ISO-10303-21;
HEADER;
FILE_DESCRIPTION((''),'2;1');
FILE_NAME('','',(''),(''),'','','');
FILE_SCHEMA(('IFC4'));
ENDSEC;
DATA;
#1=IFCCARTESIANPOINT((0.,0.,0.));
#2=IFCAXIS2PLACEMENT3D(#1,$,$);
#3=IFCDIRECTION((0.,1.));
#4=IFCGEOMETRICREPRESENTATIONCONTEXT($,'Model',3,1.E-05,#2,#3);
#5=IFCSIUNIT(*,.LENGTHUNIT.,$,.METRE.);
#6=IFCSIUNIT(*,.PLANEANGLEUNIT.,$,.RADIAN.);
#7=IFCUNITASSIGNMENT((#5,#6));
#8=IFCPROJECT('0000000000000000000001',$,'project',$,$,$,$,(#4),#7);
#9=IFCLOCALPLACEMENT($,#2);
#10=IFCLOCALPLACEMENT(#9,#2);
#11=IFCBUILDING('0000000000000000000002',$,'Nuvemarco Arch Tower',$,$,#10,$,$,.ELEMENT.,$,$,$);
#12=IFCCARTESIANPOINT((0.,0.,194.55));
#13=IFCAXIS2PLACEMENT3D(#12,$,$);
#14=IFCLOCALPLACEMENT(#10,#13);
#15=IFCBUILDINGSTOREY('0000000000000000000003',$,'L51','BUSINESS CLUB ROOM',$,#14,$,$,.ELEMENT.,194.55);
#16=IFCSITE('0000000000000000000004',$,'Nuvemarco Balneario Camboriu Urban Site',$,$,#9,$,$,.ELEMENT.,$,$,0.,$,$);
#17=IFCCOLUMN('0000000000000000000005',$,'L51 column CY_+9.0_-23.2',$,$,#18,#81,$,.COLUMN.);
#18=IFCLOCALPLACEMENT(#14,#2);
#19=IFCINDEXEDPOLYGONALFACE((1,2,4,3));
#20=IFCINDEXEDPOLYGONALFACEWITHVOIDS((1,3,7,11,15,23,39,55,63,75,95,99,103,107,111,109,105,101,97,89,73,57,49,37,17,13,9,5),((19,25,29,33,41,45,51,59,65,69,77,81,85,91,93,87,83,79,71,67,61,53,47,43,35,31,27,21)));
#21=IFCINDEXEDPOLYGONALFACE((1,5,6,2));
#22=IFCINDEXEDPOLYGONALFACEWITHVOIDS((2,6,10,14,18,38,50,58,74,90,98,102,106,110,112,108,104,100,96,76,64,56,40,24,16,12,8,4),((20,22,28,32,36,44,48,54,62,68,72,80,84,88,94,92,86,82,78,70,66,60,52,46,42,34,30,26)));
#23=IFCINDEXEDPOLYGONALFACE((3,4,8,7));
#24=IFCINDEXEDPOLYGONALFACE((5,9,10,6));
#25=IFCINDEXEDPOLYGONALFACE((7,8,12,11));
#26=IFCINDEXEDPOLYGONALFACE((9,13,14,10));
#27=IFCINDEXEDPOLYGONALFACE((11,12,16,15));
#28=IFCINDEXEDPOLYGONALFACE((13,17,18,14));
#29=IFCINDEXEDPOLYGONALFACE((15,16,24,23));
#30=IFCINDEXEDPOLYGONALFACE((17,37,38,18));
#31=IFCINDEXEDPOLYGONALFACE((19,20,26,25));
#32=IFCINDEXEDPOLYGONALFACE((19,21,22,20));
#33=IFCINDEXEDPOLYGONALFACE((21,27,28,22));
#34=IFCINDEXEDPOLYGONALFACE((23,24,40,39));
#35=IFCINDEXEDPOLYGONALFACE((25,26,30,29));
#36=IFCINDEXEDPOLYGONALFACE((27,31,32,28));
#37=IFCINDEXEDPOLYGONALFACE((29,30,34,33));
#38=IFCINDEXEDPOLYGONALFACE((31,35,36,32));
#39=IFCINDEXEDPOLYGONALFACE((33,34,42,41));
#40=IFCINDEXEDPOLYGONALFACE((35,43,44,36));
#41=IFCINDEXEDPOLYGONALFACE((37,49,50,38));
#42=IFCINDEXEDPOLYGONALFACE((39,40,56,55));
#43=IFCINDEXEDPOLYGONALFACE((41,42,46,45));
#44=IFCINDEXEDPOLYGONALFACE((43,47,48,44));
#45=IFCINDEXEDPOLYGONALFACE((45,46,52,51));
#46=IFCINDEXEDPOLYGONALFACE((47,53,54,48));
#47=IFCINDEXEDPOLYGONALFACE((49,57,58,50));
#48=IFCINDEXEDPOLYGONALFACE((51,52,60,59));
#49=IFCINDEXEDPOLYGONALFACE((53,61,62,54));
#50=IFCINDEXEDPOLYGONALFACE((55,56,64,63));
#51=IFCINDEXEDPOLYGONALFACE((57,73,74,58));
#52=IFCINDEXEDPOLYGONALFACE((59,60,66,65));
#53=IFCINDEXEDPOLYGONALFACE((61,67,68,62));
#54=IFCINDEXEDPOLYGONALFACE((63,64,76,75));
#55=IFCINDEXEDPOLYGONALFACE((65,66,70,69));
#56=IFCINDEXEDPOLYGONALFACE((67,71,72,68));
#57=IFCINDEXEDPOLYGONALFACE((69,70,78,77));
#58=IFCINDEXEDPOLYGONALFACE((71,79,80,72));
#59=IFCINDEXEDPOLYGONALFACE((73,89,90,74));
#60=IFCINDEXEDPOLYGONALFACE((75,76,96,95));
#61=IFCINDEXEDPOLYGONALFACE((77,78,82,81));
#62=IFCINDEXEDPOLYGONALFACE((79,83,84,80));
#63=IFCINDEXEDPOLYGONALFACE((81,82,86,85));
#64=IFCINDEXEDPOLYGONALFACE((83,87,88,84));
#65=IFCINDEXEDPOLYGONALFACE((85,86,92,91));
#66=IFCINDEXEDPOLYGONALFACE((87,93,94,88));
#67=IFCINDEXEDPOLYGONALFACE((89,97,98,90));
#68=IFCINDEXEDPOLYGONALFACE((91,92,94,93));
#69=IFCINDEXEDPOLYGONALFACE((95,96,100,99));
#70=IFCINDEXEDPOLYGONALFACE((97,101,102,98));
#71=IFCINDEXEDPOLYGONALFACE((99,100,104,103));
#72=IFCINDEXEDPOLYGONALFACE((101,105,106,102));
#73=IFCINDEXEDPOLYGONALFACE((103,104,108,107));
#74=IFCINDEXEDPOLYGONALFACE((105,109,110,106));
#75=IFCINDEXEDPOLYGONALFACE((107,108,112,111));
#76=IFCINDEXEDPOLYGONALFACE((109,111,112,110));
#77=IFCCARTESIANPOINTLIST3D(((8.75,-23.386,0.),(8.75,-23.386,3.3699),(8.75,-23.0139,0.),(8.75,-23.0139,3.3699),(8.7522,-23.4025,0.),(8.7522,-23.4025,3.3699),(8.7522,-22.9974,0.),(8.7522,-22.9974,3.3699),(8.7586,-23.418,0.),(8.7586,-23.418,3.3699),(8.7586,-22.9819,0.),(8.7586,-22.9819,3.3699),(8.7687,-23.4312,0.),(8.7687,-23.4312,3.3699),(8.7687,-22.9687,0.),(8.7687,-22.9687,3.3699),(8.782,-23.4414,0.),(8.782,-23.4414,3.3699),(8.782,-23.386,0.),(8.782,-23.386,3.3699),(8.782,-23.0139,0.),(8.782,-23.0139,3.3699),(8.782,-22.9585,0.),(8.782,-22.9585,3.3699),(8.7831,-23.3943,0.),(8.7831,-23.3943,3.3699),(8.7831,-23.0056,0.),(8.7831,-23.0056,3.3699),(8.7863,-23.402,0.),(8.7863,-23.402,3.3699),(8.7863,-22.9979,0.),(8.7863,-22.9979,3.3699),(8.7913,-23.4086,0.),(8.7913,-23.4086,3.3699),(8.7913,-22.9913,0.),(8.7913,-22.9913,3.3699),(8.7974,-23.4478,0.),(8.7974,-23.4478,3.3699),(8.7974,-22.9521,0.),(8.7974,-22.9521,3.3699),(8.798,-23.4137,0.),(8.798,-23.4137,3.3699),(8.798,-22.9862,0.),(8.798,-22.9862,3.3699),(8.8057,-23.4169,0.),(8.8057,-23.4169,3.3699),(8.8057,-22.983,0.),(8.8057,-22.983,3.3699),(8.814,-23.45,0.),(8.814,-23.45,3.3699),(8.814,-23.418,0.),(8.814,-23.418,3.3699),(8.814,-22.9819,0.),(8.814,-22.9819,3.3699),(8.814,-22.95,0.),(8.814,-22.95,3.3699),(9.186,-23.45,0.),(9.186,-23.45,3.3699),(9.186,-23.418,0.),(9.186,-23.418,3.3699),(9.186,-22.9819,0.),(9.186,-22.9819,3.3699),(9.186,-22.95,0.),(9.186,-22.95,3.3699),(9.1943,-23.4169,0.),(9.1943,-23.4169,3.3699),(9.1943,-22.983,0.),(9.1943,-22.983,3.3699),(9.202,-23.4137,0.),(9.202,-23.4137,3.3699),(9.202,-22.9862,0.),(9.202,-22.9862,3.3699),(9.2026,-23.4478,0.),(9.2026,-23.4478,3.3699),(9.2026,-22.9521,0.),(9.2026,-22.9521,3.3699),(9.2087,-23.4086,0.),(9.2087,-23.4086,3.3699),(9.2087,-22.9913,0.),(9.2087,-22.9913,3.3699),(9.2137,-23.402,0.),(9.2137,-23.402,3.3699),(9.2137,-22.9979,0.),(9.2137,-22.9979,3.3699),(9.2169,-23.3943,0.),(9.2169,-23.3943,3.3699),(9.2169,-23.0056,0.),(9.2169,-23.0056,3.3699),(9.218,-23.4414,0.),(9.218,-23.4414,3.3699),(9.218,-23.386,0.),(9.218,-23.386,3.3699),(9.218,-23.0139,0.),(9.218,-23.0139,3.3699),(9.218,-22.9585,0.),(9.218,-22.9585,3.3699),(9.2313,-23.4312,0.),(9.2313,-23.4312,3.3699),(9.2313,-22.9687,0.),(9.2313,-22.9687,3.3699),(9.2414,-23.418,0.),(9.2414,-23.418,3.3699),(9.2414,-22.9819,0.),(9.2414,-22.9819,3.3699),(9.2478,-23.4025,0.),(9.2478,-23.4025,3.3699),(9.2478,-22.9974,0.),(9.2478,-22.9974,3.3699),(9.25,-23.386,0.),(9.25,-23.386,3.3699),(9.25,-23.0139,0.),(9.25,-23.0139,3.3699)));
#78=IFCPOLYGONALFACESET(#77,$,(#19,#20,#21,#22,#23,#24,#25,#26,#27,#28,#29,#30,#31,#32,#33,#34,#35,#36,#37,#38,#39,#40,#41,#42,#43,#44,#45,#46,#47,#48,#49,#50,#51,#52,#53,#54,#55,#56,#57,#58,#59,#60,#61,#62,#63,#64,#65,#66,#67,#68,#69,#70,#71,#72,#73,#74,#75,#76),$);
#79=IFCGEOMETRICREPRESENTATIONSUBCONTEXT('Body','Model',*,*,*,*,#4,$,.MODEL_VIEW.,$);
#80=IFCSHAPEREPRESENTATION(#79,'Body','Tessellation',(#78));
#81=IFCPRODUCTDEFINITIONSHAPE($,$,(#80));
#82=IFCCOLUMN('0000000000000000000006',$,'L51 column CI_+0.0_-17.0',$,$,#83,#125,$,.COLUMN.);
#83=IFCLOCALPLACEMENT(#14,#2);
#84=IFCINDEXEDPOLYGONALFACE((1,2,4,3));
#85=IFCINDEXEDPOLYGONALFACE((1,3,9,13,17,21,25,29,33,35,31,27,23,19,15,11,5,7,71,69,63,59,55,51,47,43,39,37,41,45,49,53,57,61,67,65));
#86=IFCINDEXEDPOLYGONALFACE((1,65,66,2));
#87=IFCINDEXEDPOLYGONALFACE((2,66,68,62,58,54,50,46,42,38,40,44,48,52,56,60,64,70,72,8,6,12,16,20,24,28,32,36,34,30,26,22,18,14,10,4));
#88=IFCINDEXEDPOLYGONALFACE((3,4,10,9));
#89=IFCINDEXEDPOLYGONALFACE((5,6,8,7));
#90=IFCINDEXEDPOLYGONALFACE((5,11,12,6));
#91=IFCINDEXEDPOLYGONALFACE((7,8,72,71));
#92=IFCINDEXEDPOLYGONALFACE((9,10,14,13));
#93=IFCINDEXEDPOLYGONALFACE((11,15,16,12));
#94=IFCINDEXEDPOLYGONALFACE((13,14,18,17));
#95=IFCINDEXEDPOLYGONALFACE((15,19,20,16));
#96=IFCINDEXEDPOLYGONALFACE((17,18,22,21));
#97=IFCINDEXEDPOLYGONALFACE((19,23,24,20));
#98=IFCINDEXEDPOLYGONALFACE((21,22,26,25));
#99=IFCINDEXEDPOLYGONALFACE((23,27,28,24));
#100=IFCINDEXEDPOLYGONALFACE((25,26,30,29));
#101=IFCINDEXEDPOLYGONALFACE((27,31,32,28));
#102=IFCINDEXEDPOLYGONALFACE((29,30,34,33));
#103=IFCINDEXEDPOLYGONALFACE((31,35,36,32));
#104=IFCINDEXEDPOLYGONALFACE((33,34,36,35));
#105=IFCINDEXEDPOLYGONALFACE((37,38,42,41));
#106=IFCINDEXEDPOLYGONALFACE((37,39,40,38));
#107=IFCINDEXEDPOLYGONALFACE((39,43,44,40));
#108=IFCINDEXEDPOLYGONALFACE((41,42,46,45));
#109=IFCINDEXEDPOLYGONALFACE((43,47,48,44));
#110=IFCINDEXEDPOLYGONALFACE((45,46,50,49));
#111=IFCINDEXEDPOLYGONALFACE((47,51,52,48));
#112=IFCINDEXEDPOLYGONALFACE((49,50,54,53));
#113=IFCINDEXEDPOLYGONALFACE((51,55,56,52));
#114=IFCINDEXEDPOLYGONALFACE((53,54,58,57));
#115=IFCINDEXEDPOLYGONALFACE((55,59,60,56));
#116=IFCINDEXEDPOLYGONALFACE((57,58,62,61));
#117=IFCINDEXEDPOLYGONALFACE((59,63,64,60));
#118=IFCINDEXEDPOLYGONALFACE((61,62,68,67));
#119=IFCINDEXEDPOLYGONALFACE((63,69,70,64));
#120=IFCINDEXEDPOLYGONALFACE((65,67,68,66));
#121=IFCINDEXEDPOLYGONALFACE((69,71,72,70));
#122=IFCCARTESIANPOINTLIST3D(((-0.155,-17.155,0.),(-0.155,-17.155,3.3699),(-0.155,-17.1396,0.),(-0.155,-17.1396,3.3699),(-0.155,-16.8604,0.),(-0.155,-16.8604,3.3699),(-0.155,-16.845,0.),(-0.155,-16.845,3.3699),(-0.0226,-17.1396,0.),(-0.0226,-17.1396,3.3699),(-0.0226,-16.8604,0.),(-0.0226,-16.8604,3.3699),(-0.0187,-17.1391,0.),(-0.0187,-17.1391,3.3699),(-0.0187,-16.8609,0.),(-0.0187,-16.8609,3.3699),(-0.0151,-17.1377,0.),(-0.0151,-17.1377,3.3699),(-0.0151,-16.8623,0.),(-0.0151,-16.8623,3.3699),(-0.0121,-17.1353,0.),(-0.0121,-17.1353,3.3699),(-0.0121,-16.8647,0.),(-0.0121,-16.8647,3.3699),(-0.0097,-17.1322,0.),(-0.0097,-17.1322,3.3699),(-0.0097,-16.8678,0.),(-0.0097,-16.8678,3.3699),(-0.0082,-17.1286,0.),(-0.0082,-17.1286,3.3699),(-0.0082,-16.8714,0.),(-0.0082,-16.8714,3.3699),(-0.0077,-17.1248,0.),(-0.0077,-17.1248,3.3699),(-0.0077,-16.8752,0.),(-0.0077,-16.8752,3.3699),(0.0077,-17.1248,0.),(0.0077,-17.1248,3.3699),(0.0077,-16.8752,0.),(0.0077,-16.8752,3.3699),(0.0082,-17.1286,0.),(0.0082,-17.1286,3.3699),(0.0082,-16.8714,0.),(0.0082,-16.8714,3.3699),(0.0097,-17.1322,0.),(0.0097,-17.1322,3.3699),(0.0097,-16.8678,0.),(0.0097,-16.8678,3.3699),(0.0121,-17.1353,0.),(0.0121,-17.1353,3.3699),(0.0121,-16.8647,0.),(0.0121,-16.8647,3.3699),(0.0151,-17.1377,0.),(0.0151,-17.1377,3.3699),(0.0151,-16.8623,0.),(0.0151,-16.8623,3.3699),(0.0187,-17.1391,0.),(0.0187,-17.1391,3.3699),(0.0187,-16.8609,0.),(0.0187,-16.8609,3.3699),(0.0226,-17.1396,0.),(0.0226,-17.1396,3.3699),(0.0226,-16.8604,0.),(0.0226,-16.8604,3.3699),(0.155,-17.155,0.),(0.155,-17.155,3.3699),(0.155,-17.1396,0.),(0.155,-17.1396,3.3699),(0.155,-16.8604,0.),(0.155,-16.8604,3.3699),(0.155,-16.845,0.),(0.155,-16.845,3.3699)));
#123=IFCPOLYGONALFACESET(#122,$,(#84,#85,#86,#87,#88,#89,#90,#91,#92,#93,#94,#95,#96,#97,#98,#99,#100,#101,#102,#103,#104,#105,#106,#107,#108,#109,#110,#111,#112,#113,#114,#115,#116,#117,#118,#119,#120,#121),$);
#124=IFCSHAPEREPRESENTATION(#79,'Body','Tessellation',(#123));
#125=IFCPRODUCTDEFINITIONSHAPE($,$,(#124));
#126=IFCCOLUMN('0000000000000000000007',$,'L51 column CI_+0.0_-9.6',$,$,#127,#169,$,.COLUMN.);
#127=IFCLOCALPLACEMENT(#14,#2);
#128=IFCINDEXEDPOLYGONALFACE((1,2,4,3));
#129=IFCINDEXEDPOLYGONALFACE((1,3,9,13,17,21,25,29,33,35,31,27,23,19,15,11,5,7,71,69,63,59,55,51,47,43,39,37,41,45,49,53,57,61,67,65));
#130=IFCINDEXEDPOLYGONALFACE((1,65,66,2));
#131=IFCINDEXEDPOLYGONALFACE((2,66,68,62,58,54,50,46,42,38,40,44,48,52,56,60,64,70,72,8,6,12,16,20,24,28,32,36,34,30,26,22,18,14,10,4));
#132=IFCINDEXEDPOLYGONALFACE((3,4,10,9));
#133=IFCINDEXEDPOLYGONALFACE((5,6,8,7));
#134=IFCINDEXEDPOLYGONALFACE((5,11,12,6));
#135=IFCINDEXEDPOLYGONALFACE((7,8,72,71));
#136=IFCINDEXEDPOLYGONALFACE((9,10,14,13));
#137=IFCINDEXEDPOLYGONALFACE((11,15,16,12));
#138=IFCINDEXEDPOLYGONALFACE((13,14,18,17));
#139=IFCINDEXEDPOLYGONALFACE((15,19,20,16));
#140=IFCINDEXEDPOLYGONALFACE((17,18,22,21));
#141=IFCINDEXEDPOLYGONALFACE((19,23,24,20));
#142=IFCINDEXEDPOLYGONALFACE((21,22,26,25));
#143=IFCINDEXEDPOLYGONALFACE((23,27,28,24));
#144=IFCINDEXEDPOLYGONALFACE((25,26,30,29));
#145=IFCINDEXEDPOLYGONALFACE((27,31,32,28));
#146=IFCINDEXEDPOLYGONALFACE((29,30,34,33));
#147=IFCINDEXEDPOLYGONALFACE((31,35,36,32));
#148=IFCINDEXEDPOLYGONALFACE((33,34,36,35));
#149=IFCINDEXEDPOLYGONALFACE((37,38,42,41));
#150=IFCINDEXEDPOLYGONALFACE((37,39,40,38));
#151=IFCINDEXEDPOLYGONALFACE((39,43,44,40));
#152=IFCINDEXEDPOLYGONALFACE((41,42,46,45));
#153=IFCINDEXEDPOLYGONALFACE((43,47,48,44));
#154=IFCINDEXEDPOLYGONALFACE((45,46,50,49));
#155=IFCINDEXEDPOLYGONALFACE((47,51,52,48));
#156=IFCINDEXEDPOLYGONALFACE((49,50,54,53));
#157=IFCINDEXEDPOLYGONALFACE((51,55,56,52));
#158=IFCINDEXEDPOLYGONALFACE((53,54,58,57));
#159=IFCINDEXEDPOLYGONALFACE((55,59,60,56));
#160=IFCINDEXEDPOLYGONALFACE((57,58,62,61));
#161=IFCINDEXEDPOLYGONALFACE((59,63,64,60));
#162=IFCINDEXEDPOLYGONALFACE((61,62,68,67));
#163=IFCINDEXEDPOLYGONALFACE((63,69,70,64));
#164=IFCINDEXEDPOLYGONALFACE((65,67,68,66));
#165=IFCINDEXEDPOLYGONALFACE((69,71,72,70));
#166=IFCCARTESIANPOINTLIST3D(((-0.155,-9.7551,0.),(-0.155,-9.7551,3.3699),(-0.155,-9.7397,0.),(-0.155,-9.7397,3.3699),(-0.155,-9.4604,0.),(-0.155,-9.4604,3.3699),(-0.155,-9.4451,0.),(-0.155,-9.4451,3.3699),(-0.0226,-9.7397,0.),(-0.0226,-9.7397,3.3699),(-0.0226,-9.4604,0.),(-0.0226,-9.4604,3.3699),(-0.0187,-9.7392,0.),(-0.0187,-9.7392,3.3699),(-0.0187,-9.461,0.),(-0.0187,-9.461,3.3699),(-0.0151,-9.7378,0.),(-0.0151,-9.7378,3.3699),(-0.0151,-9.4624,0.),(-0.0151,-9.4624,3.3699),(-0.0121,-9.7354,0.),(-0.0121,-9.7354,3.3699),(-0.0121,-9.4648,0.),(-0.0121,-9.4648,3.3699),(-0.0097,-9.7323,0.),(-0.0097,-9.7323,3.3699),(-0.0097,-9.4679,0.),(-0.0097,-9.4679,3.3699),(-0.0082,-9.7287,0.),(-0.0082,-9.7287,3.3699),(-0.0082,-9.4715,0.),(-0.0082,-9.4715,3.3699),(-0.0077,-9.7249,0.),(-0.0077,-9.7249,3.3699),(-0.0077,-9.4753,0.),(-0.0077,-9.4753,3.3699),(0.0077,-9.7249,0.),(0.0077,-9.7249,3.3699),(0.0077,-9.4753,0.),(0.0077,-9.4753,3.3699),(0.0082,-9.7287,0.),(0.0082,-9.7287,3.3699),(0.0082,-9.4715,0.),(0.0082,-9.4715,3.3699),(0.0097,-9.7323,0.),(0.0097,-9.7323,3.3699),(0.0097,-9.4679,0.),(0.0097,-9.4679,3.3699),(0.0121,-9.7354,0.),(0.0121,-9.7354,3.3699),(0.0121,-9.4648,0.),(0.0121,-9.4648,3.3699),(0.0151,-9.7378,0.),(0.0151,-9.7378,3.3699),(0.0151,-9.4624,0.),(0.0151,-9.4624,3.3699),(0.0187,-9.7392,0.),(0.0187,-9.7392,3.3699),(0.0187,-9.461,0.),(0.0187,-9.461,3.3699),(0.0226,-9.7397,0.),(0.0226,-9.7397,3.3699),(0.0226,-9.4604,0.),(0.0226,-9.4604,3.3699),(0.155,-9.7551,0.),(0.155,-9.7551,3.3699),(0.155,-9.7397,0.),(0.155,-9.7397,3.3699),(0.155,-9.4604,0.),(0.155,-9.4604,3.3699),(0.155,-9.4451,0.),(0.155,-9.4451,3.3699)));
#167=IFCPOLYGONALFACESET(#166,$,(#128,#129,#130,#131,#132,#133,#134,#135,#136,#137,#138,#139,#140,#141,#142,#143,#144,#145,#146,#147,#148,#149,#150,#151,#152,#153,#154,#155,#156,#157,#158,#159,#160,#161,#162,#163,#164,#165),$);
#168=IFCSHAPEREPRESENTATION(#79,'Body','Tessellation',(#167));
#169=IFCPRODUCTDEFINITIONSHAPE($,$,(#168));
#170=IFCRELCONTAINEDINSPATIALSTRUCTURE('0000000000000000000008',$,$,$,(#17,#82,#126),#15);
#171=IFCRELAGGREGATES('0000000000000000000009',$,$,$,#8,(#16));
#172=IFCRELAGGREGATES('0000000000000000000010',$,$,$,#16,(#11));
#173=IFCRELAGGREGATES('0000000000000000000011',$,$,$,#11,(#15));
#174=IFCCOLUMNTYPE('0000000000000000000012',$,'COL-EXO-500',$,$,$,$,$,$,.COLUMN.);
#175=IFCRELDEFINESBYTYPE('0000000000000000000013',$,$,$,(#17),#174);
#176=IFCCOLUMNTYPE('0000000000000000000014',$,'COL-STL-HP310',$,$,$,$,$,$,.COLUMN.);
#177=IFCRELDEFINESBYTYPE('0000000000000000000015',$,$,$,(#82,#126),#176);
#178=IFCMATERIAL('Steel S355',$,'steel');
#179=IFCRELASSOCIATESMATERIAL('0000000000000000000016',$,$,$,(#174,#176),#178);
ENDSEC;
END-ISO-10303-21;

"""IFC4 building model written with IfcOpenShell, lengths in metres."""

from ifc_helpers import new_model, si_unit, direction, frame, origin, origin_2d, place, context, subcontext, project, spatial, hollow_rectangle, i_section, extrude, material, material_profile, profile_set, type_object, element, save


model = new_model("IFC4")

# Units and contexts
model_context = context("Model", 3, precision=1e-05, world=origin(), true_north=direction((0.0, 1.0)))
body_context = subcontext(model_context, "Body", "Model", "MODEL_VIEW")
ifc_project = project(units=[si_unit("LENGTHUNIT", "METRE"), si_unit("PLANEANGLEUNIT", "RADIAN")], contexts=[model_context])

# Site, building, storey
site_placement = place(None, origin())
site = spatial("IfcSite", under=ifc_project, at=site_placement, Name="Nuvemarco Balneario Camboriu Urban Site", CompositionType="ELEMENT", RefElevation=0.0)
building_placement = place(site_placement, origin())
building = spatial("IfcBuilding", under=site, at=building_placement, Name="Nuvemarco Arch Tower", CompositionType="ELEMENT")
storey_placement = place(building_placement, frame((0.0, 0.0, 194.55)))
storey = spatial("IfcBuildingStorey", under=building, at=storey_placement, Name="L51", Description="BUSINESS CLUB ROOM", CompositionType="ELEMENT", Elevation=194.55)

# Columns
ifc_material_1 = material(Name="Steel S355", Category="steel")
ifc_material_profile_1 = material_profile(ifc_material_1, hollow_rectangle(XDim=0.5, YDim=0.5, WallThickness=0.032, InnerFilletRadius=0.032, OuterFilletRadius=0.064, at=origin_2d()), Name="SHS500x500x32")
ifc_profile_set_1 = profile_set([ifc_material_profile_1], Name="Steel S355")
column_type_1 = type_object("IfcColumnType", Name="COL-EXO-500", PredefinedType="COLUMN", material=ifc_profile_set_1)
column_placement = place(storey_placement, frame((9.0, -23.2, 0.0), z_axis=(0.0, 0.0, 1.0), x_axis=(1.0, 0.0, 0.0)))
element("IfcColumn", 1, at=column_placement, inside=storey, type_object=column_type_1, Name="L51 column CY_+9.0_-23.2", PredefinedType="COLUMN", context=body_context, shape_type="SweptSolid", body=[
    extrude(hollow_rectangle(XDim=0.5, YDim=0.5, WallThickness=0.032, InnerFilletRadius=0.032, OuterFilletRadius=0.064, at=origin_2d()), origin(), (0.0, 0.0, 1.0), 3.3699),
])
ifc_material_profile_2 = material_profile(ifc_material_1, i_section(OverallWidth=0.3101, OverallDepth=0.3101, WebThickness=0.0154, FlangeThickness=0.0154, FilletRadius=0.0149, at=origin_2d()), Name="HP310x110")
ifc_profile_set_2 = profile_set([ifc_material_profile_2], Name="Steel S355")
column_type_2 = type_object("IfcColumnType", Name="COL-STL-HP310", PredefinedType="COLUMN", material=ifc_profile_set_2)
for number, where, z_axis, x_axis, name in (
    (2, (0.0, -17.0, 0.0), (0.0, 0.0, 1.0), (1.0, 0.0, 0.0), "L51 column CI_+0.0_-17.0"),
    (3, (0.0, -9.6001, 0.0), (0.0, 0.0, 1.0), (1.0, 0.0, 0.0), "L51 column CI_+0.0_-9.6"),
):
    element("IfcColumn", number, at=place(storey_placement, frame(where, z_axis=z_axis, x_axis=x_axis)), inside=storey, type_object=column_type_2, Name=name, PredefinedType="COLUMN", context=body_context, shape_type="SweptSolid", body=[
        extrude(i_section(OverallWidth=0.3101, OverallDepth=0.3101, WebThickness=0.0154, FlangeThickness=0.0154, FilletRadius=0.0149, at=origin_2d()), origin(), (0.0, 0.0, 1.0), 3.3699),
    ])

save(model, "model.ifc")
